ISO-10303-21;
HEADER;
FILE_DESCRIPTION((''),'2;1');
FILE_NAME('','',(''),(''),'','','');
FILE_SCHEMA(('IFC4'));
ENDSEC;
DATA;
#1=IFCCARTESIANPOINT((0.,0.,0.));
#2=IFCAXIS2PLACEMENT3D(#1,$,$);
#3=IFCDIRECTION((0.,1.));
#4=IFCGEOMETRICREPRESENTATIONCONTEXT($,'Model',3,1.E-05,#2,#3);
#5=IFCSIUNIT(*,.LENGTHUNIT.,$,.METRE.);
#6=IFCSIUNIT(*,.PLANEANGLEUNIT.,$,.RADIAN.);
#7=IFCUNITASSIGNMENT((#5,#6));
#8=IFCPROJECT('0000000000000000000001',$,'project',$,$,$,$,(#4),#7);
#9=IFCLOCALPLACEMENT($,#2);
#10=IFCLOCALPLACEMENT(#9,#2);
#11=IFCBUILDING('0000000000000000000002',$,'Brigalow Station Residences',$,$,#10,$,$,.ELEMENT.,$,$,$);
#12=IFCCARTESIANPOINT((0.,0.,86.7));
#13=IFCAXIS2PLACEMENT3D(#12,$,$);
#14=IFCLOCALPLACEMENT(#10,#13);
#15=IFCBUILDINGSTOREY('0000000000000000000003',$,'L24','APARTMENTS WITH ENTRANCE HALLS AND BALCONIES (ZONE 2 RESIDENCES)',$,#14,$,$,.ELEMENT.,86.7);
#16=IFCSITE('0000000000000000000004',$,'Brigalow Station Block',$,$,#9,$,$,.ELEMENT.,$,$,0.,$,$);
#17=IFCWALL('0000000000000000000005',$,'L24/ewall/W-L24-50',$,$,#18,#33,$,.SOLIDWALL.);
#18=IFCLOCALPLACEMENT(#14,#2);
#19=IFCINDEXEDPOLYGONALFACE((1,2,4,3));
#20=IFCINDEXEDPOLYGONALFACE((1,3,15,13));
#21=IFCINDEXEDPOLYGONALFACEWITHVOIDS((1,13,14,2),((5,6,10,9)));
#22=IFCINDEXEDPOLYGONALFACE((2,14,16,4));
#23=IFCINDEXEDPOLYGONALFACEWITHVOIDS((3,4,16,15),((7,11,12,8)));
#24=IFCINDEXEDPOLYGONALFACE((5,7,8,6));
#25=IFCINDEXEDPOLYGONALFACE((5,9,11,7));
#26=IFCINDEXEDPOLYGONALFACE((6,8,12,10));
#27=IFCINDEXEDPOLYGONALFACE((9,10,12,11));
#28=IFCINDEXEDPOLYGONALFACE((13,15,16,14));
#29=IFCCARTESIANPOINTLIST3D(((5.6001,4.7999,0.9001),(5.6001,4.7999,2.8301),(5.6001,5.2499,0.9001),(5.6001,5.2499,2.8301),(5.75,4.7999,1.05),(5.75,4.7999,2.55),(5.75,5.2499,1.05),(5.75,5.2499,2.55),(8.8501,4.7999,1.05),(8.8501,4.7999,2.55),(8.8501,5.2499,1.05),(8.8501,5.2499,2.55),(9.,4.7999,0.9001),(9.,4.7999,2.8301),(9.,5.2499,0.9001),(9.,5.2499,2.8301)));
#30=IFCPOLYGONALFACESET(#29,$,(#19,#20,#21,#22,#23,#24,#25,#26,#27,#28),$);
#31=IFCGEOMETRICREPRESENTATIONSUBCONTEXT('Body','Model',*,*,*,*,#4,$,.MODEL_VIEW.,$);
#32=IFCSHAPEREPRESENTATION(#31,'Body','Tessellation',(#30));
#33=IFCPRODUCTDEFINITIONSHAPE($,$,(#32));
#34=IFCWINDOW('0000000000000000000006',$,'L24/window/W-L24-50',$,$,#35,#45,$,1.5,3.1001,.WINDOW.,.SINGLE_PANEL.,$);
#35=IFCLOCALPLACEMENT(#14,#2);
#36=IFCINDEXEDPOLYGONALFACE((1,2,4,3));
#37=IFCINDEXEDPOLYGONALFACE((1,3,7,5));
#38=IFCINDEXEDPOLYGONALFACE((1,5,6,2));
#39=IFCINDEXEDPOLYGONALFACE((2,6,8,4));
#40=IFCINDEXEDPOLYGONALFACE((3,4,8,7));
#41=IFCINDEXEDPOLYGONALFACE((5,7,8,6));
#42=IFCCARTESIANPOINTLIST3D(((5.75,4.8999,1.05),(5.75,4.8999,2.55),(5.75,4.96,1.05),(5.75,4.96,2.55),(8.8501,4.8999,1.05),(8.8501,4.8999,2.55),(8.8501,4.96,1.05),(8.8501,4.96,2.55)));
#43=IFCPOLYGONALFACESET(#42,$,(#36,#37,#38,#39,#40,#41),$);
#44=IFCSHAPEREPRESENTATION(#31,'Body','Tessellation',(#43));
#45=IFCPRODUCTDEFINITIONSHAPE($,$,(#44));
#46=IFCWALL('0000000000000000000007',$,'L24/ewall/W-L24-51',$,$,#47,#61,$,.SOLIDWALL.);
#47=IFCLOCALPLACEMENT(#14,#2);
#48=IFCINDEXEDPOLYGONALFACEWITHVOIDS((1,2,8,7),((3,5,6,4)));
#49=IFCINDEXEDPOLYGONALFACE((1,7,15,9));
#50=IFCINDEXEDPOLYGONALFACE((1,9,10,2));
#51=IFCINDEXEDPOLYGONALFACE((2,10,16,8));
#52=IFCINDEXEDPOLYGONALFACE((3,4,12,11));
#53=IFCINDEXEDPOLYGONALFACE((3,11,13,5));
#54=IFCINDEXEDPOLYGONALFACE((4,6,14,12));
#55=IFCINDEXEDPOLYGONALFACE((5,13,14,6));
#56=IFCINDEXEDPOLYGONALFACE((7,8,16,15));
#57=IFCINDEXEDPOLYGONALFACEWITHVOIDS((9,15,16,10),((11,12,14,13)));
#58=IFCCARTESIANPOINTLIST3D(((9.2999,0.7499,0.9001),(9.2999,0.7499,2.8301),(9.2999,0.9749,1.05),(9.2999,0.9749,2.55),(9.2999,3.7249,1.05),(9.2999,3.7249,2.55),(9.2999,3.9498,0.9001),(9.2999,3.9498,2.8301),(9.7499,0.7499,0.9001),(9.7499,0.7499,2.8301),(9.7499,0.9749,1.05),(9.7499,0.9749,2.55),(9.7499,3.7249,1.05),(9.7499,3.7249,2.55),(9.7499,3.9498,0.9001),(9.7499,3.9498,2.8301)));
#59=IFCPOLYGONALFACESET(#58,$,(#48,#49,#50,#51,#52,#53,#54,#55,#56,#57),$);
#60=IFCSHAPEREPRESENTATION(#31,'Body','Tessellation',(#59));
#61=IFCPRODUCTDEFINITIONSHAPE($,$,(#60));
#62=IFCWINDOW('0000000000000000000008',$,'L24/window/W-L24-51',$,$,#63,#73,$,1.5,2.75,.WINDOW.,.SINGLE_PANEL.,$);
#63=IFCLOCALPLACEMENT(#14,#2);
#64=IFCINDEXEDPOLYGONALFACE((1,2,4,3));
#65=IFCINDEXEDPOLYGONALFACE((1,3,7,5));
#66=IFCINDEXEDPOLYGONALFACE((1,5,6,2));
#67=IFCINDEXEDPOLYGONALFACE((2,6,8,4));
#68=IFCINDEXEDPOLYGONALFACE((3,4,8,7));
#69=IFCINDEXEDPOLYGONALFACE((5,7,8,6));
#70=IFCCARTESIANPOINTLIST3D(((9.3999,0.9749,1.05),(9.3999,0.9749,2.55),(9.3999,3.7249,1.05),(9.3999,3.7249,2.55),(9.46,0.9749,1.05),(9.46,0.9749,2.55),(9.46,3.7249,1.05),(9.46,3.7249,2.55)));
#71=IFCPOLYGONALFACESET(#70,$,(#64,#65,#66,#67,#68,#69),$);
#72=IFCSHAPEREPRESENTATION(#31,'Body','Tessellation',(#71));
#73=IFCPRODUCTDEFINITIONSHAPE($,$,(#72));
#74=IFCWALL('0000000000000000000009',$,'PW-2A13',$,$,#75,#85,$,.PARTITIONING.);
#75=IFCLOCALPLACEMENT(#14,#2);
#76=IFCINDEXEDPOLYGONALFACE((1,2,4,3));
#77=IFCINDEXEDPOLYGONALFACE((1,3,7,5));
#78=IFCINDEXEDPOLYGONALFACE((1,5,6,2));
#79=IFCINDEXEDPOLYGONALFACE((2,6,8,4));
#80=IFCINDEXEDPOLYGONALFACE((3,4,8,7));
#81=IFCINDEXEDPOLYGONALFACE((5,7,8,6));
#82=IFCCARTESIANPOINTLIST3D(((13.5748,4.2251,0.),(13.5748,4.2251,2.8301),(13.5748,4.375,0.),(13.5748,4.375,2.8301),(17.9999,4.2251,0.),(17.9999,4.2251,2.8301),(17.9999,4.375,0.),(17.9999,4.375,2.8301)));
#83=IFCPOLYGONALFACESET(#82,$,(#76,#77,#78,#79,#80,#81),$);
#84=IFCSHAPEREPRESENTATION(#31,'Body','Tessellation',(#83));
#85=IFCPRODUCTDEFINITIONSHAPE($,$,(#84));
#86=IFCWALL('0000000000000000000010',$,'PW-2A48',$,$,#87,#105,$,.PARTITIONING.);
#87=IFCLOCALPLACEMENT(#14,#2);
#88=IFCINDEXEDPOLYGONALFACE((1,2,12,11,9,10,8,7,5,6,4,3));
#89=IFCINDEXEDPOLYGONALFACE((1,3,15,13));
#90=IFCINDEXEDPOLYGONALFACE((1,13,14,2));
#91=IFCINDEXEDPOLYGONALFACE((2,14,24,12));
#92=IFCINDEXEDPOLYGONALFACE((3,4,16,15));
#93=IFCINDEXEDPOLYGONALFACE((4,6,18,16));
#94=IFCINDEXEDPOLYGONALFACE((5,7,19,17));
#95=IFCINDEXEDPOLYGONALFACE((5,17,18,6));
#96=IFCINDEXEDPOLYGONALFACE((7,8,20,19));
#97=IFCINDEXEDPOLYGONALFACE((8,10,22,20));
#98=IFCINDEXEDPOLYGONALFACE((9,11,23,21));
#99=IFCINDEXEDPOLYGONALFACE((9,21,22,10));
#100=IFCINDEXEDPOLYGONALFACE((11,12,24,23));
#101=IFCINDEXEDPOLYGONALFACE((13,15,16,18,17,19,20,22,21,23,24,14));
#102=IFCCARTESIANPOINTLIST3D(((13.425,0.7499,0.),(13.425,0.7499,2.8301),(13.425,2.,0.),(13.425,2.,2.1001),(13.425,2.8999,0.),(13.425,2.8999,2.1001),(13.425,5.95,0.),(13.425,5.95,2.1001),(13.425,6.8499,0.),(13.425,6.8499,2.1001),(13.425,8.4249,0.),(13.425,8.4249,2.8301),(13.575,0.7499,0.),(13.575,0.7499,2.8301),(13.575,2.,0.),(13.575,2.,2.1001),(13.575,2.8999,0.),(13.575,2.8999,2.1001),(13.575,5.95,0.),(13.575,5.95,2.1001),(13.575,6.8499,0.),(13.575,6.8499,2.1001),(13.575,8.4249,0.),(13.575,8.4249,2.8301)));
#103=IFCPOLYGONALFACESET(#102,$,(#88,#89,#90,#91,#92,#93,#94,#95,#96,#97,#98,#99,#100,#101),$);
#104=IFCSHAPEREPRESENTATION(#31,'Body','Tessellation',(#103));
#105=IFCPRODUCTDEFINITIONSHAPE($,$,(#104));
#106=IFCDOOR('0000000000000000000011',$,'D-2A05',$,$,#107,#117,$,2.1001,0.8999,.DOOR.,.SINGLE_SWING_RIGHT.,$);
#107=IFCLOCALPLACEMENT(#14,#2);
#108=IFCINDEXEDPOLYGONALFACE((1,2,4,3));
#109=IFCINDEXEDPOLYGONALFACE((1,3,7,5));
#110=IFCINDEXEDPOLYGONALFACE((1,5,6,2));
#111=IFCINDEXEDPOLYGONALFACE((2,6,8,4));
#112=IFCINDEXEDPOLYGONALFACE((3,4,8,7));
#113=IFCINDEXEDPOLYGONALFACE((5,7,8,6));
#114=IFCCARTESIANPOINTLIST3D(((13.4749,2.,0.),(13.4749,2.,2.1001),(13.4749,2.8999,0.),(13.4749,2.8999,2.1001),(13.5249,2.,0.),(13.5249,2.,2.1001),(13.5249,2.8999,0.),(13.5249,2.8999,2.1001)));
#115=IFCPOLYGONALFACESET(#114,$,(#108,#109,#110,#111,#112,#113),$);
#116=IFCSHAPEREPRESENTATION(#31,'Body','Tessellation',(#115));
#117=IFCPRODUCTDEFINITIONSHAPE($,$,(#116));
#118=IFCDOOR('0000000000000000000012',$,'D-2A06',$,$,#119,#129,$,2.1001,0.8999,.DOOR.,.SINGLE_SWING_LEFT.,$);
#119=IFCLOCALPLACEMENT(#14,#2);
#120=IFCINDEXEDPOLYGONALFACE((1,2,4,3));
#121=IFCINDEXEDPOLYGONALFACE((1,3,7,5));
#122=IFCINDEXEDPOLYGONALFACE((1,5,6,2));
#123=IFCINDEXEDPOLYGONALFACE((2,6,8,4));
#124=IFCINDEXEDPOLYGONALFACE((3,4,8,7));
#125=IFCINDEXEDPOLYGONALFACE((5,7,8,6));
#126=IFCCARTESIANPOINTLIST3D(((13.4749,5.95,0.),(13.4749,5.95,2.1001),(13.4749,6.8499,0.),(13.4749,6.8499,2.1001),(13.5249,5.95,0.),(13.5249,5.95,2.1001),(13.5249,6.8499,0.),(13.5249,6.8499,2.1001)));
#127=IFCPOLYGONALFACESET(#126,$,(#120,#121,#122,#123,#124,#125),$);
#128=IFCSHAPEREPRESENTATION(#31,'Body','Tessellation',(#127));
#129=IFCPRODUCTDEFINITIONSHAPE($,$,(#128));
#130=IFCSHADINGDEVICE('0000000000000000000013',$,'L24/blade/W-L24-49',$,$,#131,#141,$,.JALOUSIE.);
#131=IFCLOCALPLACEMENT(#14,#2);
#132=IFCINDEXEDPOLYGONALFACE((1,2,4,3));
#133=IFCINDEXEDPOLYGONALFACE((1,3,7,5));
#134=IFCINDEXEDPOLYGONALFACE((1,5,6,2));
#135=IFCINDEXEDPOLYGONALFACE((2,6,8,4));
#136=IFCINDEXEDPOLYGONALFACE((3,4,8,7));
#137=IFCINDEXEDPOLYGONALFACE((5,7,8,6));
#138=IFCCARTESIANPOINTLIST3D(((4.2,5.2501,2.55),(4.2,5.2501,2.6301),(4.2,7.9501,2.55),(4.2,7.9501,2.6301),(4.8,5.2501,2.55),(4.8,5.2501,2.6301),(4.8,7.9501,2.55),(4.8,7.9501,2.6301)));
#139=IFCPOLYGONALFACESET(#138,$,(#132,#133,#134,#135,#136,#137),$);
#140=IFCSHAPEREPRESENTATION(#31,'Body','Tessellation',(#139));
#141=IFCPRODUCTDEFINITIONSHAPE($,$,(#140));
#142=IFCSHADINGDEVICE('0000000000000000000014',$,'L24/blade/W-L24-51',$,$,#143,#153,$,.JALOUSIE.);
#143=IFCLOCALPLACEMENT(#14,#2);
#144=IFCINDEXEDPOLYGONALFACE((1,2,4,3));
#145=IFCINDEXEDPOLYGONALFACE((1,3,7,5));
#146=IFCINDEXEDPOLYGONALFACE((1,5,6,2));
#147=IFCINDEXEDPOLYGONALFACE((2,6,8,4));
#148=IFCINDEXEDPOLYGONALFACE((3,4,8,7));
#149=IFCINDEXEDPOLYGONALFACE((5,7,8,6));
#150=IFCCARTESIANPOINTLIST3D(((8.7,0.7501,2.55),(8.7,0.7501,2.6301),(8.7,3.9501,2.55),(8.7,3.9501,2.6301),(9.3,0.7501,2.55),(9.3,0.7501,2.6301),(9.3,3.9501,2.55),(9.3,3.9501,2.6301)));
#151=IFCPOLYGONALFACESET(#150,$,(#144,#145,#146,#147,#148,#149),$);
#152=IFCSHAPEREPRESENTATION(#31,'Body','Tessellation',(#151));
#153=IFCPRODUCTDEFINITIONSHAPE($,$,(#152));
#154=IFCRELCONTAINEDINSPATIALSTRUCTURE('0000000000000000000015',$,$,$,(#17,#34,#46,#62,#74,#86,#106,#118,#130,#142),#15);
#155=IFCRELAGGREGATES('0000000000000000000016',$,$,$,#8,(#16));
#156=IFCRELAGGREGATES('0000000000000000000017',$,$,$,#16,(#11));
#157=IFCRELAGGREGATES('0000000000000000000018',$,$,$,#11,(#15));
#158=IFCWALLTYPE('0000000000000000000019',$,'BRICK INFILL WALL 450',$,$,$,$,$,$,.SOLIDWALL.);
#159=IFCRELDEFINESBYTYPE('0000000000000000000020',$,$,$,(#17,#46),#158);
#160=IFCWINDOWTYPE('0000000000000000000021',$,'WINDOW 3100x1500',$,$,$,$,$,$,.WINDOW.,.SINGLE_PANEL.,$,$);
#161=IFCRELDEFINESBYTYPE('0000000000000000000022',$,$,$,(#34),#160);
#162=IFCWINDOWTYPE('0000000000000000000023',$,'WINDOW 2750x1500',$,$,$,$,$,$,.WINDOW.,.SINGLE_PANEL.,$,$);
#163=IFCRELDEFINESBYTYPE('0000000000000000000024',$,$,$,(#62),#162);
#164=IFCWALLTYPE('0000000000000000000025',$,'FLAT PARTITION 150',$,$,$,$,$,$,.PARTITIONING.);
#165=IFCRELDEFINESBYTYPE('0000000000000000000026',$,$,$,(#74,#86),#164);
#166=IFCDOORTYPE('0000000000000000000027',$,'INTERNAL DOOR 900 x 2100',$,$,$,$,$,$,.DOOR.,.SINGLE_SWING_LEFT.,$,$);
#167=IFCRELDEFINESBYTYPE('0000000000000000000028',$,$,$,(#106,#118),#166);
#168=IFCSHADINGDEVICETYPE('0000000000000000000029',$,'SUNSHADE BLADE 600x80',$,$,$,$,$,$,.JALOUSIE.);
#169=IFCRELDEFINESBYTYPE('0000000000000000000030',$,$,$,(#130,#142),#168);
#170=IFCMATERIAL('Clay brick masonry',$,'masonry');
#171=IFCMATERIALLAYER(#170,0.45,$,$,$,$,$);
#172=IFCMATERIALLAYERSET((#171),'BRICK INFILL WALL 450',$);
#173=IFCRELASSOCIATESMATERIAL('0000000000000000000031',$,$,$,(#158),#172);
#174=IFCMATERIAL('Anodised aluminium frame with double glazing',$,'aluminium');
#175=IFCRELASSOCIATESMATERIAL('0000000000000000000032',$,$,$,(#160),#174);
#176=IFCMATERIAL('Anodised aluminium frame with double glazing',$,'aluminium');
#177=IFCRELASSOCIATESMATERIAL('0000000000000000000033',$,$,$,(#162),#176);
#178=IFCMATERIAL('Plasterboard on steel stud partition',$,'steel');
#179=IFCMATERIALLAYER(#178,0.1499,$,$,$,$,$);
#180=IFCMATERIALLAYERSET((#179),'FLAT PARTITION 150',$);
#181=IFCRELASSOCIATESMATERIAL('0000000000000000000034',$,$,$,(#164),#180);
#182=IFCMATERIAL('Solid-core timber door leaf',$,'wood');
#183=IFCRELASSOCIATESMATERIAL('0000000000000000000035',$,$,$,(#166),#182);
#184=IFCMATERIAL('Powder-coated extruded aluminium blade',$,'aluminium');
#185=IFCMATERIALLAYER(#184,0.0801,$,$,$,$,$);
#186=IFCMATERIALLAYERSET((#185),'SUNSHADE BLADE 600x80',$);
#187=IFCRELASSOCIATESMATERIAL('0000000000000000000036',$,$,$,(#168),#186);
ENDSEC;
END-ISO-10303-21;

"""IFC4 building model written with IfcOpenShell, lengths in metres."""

from ifc_helpers import new_model, si_unit, direction, frame, frame_2d, origin, origin_2d, place, context, subcontext, project, spatial, rectangle, extrude, material, layer, layer_set, type_object, element, fill, save


model = new_model("IFC4")

# Units and contexts
model_context = context("Model", 3, precision=1e-05, world=origin(), true_north=direction((0.0, 1.0)))
body_context = subcontext(model_context, "Body", "Model", "MODEL_VIEW")
ifc_project = project(units=[si_unit("LENGTHUNIT", "METRE"), si_unit("PLANEANGLEUNIT", "RADIAN")], contexts=[model_context])

# Site, building, storey
site_placement = place(None, origin())
site = spatial("IfcSite", under=ifc_project, at=site_placement, Name="Brigalow Station Block", CompositionType="ELEMENT", RefElevation=0.0)
building_placement = place(site_placement, origin())
building = spatial("IfcBuilding", under=site, at=building_placement, Name="Brigalow Station Residences", CompositionType="ELEMENT")
storey_placement = place(building_placement, frame((0.0, 0.0, 86.7)))
storey = spatial("IfcBuildingStorey", under=building, at=storey_placement, Name="L24", Description="APARTMENTS WITH ENTRANCE HALLS AND BALCONIES (ZONE 2 RESIDENCES)", CompositionType="ELEMENT", Elevation=86.7)

# Walls, openings, windows
ifc_material_1 = material(Name="Clay brick masonry", Category="masonry")
ifc_layer_1 = layer(ifc_material_1, 0.45)
ifc_layer_set_1 = layer_set([ifc_layer_1], Name="BRICK INFILL WALL 450")
wall_type_1 = type_object("IfcWallType", Name="BRICK INFILL WALL 450", PredefinedType="SOLIDWALL", material=ifc_layer_set_1)
wall_1_placement = place(storey_placement, frame((5.6001, 5.0249, 0.9001), z_axis=(0.0, 0.0, 1.0), x_axis=(1.0, 0.0, 0.0)))
wall_1 = element("IfcWall", 1, at=wall_1_placement, inside=storey, type_object=wall_type_1, Name="L24/ewall/W-L24-50", PredefinedType="SOLIDWALL", context=body_context, shape_type="SweptSolid", body=[
    extrude(rectangle(XDim=3.3999, YDim=0.45, at=frame_2d((1.7, 0.0))), origin(), (0.0, 0.0, 1.0), 1.9299),
])
opening_1_placement = place(wall_1_placement, frame((0.1499, 0.0, 0.1499)))
opening_1 = element("IfcOpeningElement", 2, at=opening_1_placement, cuts=wall_1, PredefinedType="OPENING", context=body_context, shape_type="SweptSolid", body=[
    extrude(rectangle(XDim=3.1001, YDim=1.5, at=frame_2d((1.55, 0.75))), frame((0.0, 0.2349, 0.0), z_axis=(0.0, -1.0, 0.0), x_axis=(1.0, 0.0, 0.0)), (0.0, 0.0, 1.0), 0.47),
])
ifc_material_2 = material(Name="Anodised aluminium frame with double glazing", Category="aluminium")
window_type_1 = type_object("IfcWindowType", Name="WINDOW 3100x1500", PartitioningType="SINGLE_PANEL", PredefinedType="WINDOW", material=ifc_material_2)
window_1_placement = place(opening_1_placement, origin())
window_1 = element("IfcWindow", 3, at=window_1_placement, inside=storey, type_object=window_type_1, Name="L24/window/W-L24-50", OverallHeight=1.5, OverallWidth=3.1001, PartitioningType="SINGLE_PANEL", PredefinedType="WINDOW", context=body_context, shape_type="SweptSolid", body=[
    extrude(rectangle(XDim=3.1001, YDim=1.5, at=frame_2d((1.55, 0.75))), frame((0.0, -0.0649, 0.0), z_axis=(0.0, -1.0, 0.0), x_axis=(1.0, 0.0, 0.0)), (0.0, 0.0, 1.0), 0.0601),
])
fill(opening_1, window_1)
wall_2_placement = place(storey_placement, frame((9.5249, 3.95, 0.9001), z_axis=(0.0, 0.0, 1.0), x_axis=(0.0, -1.0, 0.0)))
wall_2 = element("IfcWall", 4, at=wall_2_placement, inside=storey, type_object=wall_type_1, Name="L24/ewall/W-L24-51", PredefinedType="SOLIDWALL", context=body_context, shape_type="SweptSolid", body=[
    extrude(rectangle(XDim=3.2, YDim=0.45, at=frame_2d((1.6001, 0.0))), origin(), (0.0, 0.0, 1.0), 1.9299),
])
opening_2_placement = place(wall_2_placement, frame((0.2251, 0.0, 0.1499)))
opening_2 = element("IfcOpeningElement", 5, at=opening_2_placement, cuts=wall_2, PredefinedType="OPENING", context=body_context, shape_type="SweptSolid", body=[
    extrude(rectangle(XDim=2.75, YDim=1.5, at=frame_2d((1.375, 0.75))), frame((0.0, 0.2349, 0.0), z_axis=(0.0, -1.0, 0.0), x_axis=(1.0, 0.0, 0.0)), (0.0, 0.0, 1.0), 0.47),
])
ifc_material_3 = material(Name="Anodised aluminium frame with double glazing", Category="aluminium")
window_type_2 = type_object("IfcWindowType", Name="WINDOW 2750x1500", PartitioningType="SINGLE_PANEL", PredefinedType="WINDOW", material=ifc_material_3)
window_2_placement = place(opening_2_placement, origin())
window_2 = element("IfcWindow", 6, at=window_2_placement, inside=storey, type_object=window_type_2, Name="L24/window/W-L24-51", OverallHeight=1.5, OverallWidth=2.75, PartitioningType="SINGLE_PANEL", PredefinedType="WINDOW", context=body_context, shape_type="SweptSolid", body=[
    extrude(rectangle(XDim=2.75, YDim=1.5, at=frame_2d((1.375, 0.75))), frame((0.0, -0.0649, 0.0), z_axis=(0.0, -1.0, 0.0), x_axis=(1.0, 0.0, 0.0)), (0.0, 0.0, 1.0), 0.0601),
])
fill(opening_2, window_2)

# Wall
ifc_material_4 = material(Name="Plasterboard on steel stud partition", Category="steel")
ifc_layer_2 = layer(ifc_material_4, 0.1499)
ifc_layer_set_2 = layer_set([ifc_layer_2], Name="FLAT PARTITION 150")
wall_type_2 = type_object("IfcWallType", Name="FLAT PARTITION 150", PredefinedType="PARTITIONING", material=ifc_layer_set_2)
wall_3_placement = place(storey_placement, frame((13.575, 4.3, 0.0), z_axis=(0.0, 0.0, 1.0), x_axis=(1.0, 0.0, 0.0)))
element("IfcWall", 7, at=wall_3_placement, inside=storey, type_object=wall_type_2, Name="PW-2A13", PredefinedType="PARTITIONING", context=body_context, shape_type="SweptSolid", body=[
    extrude(rectangle(XDim=4.425, YDim=0.1499, at=frame_2d((2.2124, 0.0))), origin(), (0.0, 0.0, 1.0), 2.8301),
])

# Wall, openings, doors
wall_4_placement = place(storey_placement, frame((13.5, 0.75, 0.0), z_axis=(0.0, 0.0, 1.0), x_axis=(0.0, 1.0, 0.0)))
wall_4 = element("IfcWall", 8, at=wall_4_placement, inside=storey, type_object=wall_type_2, Name="PW-2A48", PredefinedType="PARTITIONING", context=body_context, shape_type="SweptSolid", body=[
    extrude(rectangle(XDim=7.675, YDim=0.1499, at=frame_2d((3.8374, 0.0))), origin(), (0.0, 0.0, 1.0), 2.8301),
])
opening_3_placement = place(wall_4_placement, frame((1.25, 0.0, 0.0)))
opening_3 = element("IfcOpeningElement", 9, at=opening_3_placement, cuts=wall_4, PredefinedType="OPENING", context=body_context, shape_type="SweptSolid", body=[
    extrude(rectangle(XDim=0.8999, YDim=2.1001, at=frame_2d((0.45, 1.05))), frame((0.0, 0.085, 0.0), z_axis=(0.0, -1.0, 0.0), x_axis=(1.0, 0.0, 0.0)), (0.0, 0.0, 1.0), 0.1699),
])
opening_4_placement = place(wall_4_placement, frame((5.2, 0.0, 0.0)))
opening_4 = element("IfcOpeningElement", 10, at=opening_4_placement, cuts=wall_4, PredefinedType="OPENING", context=body_context, shape_type="SweptSolid", body=[
    extrude(rectangle(XDim=0.8999, YDim=2.1001, at=frame_2d((0.45, 1.05))), frame((0.0, 0.085, 0.0), z_axis=(0.0, -1.0, 0.0), x_axis=(1.0, 0.0, 0.0)), (0.0, 0.0, 1.0), 0.1699),
])
ifc_material_5 = material(Name="Solid-core timber door leaf", Category="wood")
door_type = type_object("IfcDoorType", Name="INTERNAL DOOR 900 x 2100", OperationType="SINGLE_SWING_LEFT", PredefinedType="DOOR", material=ifc_material_5)
door_1_placement = place(opening_3_placement, frame((0.8999, 0.0, 0.0), z_axis=(0.0, 0.0, 1.0), x_axis=(-1.0, 0.0, 0.0)))
door_1 = element("IfcDoor", 11, at=door_1_placement, inside=storey, type_object=door_type, Name="D-2A05", OperationType="SINGLE_SWING_RIGHT", OverallHeight=2.1001, OverallWidth=0.8999, PredefinedType="DOOR", context=body_context, shape_type="SweptSolid", body=[
    extrude(rectangle(XDim=0.8999, YDim=2.1001, at=frame_2d((0.45, 1.05))), frame((0.0, 0.0249, 0.0), z_axis=(0.0, -1.0, 0.0), x_axis=(1.0, 0.0, 0.0)), (0.0, 0.0, 1.0), 0.05),
])
fill(opening_3, door_1)
door_2_placement = place(opening_4_placement, frame((0.8999, 0.0, 0.0), z_axis=(0.0, 0.0, 1.0), x_axis=(-1.0, 0.0, 0.0)))
door_2 = element("IfcDoor", 12, at=door_2_placement, inside=storey, type_object=door_type, Name="D-2A06", OperationType="SINGLE_SWING_LEFT", OverallHeight=2.1001, OverallWidth=0.8999, PredefinedType="DOOR", context=body_context, shape_type="SweptSolid", body=[
    extrude(rectangle(XDim=0.8999, YDim=2.1001, at=frame_2d((0.45, 1.05))), frame((0.0, 0.0249, 0.0), z_axis=(0.0, -1.0, 0.0), x_axis=(1.0, 0.0, 0.0)), (0.0, 0.0, 1.0), 0.05),
])
fill(opening_4, door_2)

# Shading devices
ifc_material_6 = material(Name="Powder-coated extruded aluminium blade", Category="aluminium")
ifc_layer_3 = layer(ifc_material_6, 0.0801)
ifc_layer_set_3 = layer_set([ifc_layer_3], Name="SUNSHADE BLADE 600x80")
shading_device_type = type_object("IfcShadingDeviceType", Name="SUNSHADE BLADE 600x80", PredefinedType="JALOUSIE", material=ifc_layer_set_3)
shading_device_1_placement = place(storey_placement, frame((4.5, 6.6001, 2.55), z_axis=(0.0, 0.0, 1.0), x_axis=(0.0, -1.0, 0.0)))
element("IfcShadingDevice", 13, at=shading_device_1_placement, inside=storey, type_object=shading_device_type, Name="L24/blade/W-L24-49", PredefinedType="JALOUSIE", context=body_context, shape_type="SweptSolid", body=[
    extrude(rectangle(XDim=2.7, YDim=0.6001, at=origin_2d()), origin(), (0.0, 0.0, 1.0), 0.0801),
])
shading_device_2_placement = place(storey_placement, frame((9.0, 2.3501, 2.55), z_axis=(0.0, 0.0, 1.0), x_axis=(0.0, -1.0, 0.0)))
element("IfcShadingDevice", 14, at=shading_device_2_placement, inside=storey, type_object=shading_device_type, Name="L24/blade/W-L24-51", PredefinedType="JALOUSIE", context=body_context, shape_type="SweptSolid", body=[
    extrude(rectangle(XDim=3.2, YDim=0.6001, at=origin_2d()), origin(), (0.0, 0.0, 1.0), 0.0801),
])

save(model, "model.ifc")
